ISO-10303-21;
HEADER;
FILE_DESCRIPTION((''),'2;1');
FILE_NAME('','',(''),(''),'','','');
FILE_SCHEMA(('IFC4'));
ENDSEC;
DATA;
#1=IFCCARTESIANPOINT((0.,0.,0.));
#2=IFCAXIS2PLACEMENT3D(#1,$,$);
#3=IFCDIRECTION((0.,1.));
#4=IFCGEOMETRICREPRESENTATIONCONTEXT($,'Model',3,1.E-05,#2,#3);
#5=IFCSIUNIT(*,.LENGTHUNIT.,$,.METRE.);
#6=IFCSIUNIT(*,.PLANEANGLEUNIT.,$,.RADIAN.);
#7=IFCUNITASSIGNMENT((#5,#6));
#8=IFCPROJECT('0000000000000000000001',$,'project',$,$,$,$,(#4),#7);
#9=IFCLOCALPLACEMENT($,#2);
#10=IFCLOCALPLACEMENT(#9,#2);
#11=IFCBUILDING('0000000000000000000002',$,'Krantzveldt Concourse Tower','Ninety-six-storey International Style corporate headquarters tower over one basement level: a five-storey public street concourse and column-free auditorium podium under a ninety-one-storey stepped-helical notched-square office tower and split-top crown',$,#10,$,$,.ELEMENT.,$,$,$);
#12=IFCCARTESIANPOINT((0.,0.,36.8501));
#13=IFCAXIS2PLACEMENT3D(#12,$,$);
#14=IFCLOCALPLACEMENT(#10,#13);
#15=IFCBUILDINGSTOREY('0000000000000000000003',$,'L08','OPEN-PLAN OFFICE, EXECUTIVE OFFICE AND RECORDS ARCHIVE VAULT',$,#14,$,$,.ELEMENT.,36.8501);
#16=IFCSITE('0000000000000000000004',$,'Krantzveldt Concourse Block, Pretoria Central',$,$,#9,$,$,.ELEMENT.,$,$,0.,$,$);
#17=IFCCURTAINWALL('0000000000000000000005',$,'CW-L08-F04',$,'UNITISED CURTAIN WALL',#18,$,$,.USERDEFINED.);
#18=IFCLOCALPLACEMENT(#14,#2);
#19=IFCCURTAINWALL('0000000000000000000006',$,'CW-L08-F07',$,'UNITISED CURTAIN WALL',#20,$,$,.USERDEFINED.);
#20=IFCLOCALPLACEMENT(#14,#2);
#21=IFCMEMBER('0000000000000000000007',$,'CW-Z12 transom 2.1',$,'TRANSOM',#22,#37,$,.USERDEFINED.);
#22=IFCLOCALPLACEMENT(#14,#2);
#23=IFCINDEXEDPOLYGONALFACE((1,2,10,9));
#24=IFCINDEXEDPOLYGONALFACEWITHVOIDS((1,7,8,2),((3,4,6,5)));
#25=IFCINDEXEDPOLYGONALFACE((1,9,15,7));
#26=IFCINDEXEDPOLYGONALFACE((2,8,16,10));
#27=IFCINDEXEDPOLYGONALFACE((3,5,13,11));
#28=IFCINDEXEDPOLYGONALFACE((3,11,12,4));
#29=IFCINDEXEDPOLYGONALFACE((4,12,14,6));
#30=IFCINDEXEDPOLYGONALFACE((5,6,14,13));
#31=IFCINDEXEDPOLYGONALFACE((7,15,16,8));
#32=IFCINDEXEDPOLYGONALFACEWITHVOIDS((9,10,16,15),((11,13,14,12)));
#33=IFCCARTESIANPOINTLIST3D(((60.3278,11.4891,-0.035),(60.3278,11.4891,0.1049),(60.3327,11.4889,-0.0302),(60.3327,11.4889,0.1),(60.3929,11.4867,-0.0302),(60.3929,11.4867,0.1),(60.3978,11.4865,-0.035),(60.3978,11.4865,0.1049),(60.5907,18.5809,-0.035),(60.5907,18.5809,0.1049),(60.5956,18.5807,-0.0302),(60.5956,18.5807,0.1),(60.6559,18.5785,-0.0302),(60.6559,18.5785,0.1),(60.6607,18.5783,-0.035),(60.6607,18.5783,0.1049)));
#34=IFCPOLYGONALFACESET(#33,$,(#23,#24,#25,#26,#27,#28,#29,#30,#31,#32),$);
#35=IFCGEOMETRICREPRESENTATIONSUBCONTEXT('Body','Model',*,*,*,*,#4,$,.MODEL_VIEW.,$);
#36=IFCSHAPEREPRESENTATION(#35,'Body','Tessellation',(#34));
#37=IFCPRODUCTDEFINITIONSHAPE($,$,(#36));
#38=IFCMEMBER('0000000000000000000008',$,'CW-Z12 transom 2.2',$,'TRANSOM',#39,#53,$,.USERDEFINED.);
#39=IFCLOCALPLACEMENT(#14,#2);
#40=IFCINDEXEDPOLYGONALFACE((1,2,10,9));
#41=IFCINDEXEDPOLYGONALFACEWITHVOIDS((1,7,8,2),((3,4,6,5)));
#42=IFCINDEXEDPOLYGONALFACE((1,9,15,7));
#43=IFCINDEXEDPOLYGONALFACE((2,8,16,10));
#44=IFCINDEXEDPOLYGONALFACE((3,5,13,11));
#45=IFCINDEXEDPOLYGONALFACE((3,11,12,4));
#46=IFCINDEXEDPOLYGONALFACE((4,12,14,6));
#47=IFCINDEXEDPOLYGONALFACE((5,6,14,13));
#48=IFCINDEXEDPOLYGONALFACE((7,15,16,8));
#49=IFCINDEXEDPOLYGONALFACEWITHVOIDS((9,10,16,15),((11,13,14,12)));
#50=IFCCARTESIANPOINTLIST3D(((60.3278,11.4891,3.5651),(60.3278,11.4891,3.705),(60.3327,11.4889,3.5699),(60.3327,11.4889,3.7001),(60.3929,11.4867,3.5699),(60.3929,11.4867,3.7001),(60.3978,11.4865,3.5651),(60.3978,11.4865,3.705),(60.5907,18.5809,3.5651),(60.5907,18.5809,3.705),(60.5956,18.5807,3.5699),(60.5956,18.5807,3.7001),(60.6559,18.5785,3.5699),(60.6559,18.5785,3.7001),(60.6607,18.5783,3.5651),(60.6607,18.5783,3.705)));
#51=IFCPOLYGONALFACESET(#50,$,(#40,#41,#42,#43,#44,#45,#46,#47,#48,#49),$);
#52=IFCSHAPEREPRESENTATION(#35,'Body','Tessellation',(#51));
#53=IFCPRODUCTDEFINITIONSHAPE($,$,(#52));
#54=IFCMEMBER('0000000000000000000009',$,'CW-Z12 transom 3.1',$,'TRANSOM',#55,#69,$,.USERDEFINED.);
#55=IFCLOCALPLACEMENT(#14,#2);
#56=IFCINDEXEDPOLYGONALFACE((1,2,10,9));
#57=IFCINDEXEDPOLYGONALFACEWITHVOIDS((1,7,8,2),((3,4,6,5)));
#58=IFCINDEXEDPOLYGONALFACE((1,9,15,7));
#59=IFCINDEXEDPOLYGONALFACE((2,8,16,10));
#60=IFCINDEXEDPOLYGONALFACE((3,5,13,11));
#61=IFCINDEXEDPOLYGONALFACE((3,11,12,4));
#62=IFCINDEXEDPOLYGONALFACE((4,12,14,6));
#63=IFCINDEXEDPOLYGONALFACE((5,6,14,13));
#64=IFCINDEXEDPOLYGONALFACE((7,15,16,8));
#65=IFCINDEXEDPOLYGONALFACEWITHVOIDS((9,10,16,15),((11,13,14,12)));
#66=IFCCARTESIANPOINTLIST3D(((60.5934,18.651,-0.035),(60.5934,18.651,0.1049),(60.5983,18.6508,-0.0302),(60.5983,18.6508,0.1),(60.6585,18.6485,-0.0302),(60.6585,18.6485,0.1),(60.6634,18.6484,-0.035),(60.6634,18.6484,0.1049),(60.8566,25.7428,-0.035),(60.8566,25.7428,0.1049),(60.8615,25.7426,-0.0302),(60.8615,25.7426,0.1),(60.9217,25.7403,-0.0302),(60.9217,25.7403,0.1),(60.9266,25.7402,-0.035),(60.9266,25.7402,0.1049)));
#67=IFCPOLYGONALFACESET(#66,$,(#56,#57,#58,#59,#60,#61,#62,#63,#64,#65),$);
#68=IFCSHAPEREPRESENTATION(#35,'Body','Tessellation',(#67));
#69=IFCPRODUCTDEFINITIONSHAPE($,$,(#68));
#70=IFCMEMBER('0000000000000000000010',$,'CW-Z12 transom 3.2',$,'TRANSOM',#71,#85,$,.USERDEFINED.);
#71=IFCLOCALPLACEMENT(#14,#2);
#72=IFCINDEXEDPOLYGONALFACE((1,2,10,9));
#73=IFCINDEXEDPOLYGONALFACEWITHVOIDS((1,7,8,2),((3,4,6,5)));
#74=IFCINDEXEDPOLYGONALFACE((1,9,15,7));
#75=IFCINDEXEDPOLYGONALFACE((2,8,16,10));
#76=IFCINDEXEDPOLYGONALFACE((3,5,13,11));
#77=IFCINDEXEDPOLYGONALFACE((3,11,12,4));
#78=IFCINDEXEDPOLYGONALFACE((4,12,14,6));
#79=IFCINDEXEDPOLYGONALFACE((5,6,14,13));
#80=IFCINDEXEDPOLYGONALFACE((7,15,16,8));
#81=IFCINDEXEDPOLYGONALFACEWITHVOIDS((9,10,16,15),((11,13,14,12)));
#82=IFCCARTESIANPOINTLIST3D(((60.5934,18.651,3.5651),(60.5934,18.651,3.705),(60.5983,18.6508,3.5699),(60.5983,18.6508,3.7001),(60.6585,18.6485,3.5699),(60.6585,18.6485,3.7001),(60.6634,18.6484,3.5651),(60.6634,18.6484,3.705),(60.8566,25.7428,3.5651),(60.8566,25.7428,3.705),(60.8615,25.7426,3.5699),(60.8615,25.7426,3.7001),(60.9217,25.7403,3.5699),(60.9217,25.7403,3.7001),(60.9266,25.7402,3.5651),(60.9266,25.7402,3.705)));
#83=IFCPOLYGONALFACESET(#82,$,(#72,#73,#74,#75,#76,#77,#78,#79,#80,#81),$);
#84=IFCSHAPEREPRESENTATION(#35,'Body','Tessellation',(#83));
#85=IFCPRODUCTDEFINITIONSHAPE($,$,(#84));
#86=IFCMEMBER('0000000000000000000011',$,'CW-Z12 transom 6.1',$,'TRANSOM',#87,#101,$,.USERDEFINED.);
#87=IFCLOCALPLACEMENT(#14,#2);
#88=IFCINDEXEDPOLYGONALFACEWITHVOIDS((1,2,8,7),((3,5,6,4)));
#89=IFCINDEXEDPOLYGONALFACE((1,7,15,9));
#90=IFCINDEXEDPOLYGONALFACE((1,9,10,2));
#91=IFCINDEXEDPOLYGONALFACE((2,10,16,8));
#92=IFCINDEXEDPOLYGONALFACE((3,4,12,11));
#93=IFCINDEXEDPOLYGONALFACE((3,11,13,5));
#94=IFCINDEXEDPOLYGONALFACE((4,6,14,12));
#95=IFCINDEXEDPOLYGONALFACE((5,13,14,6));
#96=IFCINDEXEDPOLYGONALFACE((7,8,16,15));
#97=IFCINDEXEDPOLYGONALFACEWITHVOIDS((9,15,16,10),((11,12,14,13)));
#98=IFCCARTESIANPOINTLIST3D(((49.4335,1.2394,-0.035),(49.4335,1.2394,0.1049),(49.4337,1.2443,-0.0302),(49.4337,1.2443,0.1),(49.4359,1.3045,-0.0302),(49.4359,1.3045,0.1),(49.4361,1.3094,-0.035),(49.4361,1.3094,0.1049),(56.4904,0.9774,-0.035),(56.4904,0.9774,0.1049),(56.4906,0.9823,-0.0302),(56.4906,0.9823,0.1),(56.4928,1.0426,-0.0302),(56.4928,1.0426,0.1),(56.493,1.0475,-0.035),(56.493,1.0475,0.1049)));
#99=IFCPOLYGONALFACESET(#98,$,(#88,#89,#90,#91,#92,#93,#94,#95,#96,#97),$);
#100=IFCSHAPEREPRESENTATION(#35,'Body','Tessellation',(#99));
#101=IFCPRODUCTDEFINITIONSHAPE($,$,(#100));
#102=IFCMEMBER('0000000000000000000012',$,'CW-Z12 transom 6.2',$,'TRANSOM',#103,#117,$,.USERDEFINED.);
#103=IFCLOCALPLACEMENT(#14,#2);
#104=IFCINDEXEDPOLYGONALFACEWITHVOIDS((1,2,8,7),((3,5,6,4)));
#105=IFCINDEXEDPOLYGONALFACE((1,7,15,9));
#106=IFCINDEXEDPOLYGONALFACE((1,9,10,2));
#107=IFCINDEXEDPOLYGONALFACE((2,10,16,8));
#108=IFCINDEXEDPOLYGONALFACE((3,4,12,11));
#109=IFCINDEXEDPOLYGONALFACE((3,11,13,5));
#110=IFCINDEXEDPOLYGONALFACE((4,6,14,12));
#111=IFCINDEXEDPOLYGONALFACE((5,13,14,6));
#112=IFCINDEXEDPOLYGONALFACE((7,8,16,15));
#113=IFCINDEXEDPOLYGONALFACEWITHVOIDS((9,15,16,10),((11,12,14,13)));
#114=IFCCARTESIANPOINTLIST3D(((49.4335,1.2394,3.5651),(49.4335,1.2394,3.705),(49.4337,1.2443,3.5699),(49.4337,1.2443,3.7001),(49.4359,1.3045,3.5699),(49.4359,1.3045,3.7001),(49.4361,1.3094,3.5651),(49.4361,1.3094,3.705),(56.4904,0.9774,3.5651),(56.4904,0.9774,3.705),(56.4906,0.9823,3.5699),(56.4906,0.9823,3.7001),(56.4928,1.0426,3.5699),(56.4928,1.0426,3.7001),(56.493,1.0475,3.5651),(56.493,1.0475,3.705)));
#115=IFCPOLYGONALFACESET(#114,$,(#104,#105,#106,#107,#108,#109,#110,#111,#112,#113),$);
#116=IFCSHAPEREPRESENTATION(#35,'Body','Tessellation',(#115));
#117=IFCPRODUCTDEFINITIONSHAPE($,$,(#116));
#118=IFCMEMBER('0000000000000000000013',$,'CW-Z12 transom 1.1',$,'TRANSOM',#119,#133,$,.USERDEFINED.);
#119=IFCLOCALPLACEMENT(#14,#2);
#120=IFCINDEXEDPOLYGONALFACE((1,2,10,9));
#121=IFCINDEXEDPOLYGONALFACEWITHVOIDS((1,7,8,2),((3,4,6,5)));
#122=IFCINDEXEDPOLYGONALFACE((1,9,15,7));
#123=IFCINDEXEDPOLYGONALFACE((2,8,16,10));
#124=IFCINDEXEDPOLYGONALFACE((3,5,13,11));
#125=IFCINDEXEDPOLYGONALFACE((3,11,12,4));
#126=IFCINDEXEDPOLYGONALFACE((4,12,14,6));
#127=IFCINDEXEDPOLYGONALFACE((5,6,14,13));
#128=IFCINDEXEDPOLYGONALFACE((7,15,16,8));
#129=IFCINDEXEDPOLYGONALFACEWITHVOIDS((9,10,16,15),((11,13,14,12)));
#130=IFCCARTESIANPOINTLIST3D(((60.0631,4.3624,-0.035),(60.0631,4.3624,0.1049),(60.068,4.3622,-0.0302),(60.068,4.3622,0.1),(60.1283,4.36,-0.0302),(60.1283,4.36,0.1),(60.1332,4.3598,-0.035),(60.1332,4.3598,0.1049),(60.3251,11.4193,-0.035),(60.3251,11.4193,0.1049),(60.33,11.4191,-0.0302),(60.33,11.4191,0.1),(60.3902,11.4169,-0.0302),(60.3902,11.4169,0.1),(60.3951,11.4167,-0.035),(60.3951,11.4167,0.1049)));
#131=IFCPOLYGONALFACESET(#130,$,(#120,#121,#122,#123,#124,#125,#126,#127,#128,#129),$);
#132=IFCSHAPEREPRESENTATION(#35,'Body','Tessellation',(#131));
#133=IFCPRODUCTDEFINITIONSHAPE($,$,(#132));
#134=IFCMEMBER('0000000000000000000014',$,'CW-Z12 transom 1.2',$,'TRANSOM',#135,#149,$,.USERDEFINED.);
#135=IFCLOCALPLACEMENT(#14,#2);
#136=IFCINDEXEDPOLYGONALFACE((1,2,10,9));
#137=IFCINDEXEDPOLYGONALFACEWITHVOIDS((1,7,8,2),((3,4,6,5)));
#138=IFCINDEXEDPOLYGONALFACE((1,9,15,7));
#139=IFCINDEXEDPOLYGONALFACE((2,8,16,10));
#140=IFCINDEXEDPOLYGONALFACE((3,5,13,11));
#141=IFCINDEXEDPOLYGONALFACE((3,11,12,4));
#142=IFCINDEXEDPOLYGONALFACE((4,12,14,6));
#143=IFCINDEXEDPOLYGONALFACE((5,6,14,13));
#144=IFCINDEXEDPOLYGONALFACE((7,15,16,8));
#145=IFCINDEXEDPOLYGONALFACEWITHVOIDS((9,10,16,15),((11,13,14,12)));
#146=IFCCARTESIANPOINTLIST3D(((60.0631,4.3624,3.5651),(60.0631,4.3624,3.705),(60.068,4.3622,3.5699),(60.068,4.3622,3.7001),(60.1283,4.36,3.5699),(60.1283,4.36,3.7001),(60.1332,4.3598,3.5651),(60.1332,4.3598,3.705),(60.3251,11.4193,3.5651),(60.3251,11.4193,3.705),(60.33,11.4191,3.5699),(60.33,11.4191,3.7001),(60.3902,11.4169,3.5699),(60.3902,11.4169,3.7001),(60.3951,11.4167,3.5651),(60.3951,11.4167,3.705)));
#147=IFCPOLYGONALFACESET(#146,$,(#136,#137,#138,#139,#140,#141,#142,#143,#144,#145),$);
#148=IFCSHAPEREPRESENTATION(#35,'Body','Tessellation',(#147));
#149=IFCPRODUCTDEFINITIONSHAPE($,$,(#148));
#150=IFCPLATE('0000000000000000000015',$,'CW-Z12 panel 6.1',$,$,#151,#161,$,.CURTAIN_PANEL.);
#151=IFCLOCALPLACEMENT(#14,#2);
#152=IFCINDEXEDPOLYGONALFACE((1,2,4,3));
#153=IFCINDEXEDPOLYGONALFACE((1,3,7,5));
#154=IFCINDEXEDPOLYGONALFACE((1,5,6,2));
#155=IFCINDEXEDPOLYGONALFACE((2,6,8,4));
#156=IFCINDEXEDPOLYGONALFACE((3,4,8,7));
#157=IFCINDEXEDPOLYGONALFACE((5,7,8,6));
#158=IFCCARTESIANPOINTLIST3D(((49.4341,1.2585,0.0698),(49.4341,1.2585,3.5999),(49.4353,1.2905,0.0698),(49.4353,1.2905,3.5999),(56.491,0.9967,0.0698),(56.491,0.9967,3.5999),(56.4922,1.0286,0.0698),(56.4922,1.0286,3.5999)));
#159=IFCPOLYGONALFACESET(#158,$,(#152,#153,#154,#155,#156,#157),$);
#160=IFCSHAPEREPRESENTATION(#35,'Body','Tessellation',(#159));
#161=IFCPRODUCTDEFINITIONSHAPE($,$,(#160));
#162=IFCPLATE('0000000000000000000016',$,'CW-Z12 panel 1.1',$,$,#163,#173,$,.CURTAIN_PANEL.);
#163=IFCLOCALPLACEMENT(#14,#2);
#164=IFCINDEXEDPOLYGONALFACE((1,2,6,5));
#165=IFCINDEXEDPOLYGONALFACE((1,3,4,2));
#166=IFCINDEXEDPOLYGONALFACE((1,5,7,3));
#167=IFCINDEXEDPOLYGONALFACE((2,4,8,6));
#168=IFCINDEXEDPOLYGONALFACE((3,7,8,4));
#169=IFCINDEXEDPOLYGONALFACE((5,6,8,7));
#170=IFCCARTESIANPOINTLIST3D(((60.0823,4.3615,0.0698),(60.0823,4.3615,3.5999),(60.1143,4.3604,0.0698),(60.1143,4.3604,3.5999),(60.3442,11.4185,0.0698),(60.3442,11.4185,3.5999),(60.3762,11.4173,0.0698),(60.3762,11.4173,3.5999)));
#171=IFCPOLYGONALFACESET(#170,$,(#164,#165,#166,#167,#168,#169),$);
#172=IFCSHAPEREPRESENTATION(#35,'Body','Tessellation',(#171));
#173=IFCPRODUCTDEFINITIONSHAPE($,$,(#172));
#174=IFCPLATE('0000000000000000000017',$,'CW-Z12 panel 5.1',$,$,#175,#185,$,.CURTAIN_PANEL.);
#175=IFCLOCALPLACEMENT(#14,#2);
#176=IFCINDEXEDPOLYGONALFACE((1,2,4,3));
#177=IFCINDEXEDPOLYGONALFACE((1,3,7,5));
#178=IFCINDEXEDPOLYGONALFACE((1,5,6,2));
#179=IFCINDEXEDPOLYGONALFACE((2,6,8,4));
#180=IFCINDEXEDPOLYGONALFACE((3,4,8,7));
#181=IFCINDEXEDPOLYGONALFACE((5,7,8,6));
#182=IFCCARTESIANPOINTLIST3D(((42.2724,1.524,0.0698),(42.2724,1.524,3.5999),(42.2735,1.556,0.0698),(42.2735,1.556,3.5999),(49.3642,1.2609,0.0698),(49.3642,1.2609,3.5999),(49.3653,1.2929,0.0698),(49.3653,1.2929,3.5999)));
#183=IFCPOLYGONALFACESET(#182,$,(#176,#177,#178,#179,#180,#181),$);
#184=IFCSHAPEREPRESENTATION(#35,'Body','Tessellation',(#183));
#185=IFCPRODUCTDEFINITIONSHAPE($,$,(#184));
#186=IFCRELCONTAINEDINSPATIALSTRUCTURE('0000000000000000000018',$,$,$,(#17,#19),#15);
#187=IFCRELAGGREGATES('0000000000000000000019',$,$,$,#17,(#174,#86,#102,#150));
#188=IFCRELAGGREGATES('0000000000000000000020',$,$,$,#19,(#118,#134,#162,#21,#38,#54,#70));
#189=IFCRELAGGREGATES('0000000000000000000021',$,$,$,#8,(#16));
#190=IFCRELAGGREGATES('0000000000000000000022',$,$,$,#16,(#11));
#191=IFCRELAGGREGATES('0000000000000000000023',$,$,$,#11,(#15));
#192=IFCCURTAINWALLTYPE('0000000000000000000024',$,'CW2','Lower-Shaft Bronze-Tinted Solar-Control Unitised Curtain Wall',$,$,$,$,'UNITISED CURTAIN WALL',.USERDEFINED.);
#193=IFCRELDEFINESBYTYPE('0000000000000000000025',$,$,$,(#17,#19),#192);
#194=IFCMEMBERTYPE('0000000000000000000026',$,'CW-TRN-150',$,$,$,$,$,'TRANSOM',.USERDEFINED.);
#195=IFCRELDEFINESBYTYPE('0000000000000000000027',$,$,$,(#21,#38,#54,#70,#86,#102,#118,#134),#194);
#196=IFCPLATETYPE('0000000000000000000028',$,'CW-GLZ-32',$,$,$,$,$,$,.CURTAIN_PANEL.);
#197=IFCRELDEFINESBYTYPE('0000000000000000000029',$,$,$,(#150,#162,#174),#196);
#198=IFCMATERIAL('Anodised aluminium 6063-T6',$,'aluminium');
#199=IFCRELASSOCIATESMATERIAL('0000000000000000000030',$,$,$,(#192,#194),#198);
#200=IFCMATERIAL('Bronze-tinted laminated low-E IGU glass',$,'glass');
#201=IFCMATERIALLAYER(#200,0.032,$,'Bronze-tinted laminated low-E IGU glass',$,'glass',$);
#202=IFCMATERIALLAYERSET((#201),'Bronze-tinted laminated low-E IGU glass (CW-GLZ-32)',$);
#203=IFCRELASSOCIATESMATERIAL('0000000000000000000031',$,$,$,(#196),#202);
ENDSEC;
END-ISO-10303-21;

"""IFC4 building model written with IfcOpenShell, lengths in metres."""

from ifc_helpers import new_model, si_unit, direction, frame, origin, origin_2d, place, context, subcontext, project, spatial, rectangle, hollow_rectangle, extrude, source, transform, mapped, material, layer, layer_set, material_profile, profile_set, type_object, type_shapes, element, aggregate, save


model = new_model("IFC4")

# Units and contexts
model_context = context("Model", 3, precision=1e-05, world=origin(), true_north=direction((0.0, 1.0)))
body_context = subcontext(model_context, "Body", "Model", "MODEL_VIEW")
ifc_project = project(units=[si_unit("LENGTHUNIT", "METRE"), si_unit("PLANEANGLEUNIT", "RADIAN")], contexts=[model_context])

# Site, building, storey
site_placement = place(None, origin())
site = spatial("IfcSite", under=ifc_project, at=site_placement, Name="Krantzveldt Concourse Block, Pretoria Central", CompositionType="ELEMENT", RefElevation=0.0)
building_placement = place(site_placement, origin())
building = spatial("IfcBuilding", under=site, at=building_placement, Name="Krantzveldt Concourse Tower", Description="Ninety-six-storey International Style corporate headquarters tower over one basement level: a five-storey public street concourse and column-free auditorium podium under a ninety-one-storey stepped-helical notched-square office tower and split-top crown", CompositionType="ELEMENT")
storey_placement = place(building_placement, frame((0.0, 0.0, 36.8501)))
storey = spatial("IfcBuildingStorey", under=building, at=storey_placement, Name="L08", Description="OPEN-PLAN OFFICE, EXECUTIVE OFFICE AND RECORDS ARCHIVE VAULT", CompositionType="ELEMENT", Elevation=36.8501)

# Curtain walls, members
ifc_material_1 = material(Name="Anodised aluminium 6063-T6", Category="aluminium")
curtain_wall_type = type_object("IfcCurtainWallType", Name="CW2", Description="Lower-Shaft Bronze-Tinted Solar-Control Unitised Curtain Wall", ElementType="UNITISED CURTAIN WALL", PredefinedType="USERDEFINED", material=ifc_material_1)
curtain_wall_1_placement = place(storey_placement, origin())
curtain_wall_1 = element("IfcCurtainWall", 1, at=curtain_wall_1_placement, inside=storey, type_object=curtain_wall_type, Name="CW-L08-F04", ObjectType="UNITISED CURTAIN WALL", PredefinedType="USERDEFINED")
curtain_wall_2_placement = place(storey_placement, origin())
curtain_wall_2 = element("IfcCurtainWall", 2, at=curtain_wall_2_placement, inside=storey, type_object=curtain_wall_type, Name="CW-L08-F07", ObjectType="UNITISED CURTAIN WALL", PredefinedType="USERDEFINED")
ifc_material_profile_1 = material_profile(ifc_material_1, hollow_rectangle(XDim=0.0701, YDim=0.1399, WallThickness=0.0049, at=origin_2d()), Name="Anodised aluminium 6063-T6", Category="aluminium")
ifc_profile_set_1 = profile_set([ifc_material_profile_1], Name="Anodised aluminium 6063-T6 - ALU-TRAN 140x70x5")
member_type_1 = type_object("IfcMemberType", Name="CW-TRN-150", ElementType="TRANSOM", PredefinedType="USERDEFINED", material=ifc_profile_set_1)
shared_shape_1 = source(origin(), body_context, "Body", "SweptSolid", [
    extrude(hollow_rectangle(XDim=0.0701, YDim=0.1399, WallThickness=0.0049, at=origin_2d()), origin(), (0.0, 0.0, 1.0), 7.0967),
])
member_1_placement = place(storey_placement, frame((60.3628, 11.4878, 0.0349), z_axis=(0.037051, 0.999313, 0.0), x_axis=(-0.999313, 0.037051, 0.0)))
member_1 = element("IfcMember", 3, at=member_1_placement, type_object=member_type_1, Name="CW-Z12 transom 2.1", ObjectType="TRANSOM", PredefinedType="USERDEFINED", context=body_context, shape_type="MappedRepresentation", body=[
    mapped(shared_shape_1, transform((0.0, 0.0, 0.0), x_axis=(1.0, 0.0, 0.0), y_axis=(0.0, 1.0, 0.0), z_axis=(0.0, 0.0, 1.0), scale=1.0)),
])
member_2_placement = place(storey_placement, frame((60.3628, 11.4878, 3.635), z_axis=(0.037051, 0.999313, 0.0), x_axis=(-0.999313, 0.037051, 0.0)))
member_2 = element("IfcMember", 4, at=member_2_placement, type_object=member_type_1, Name="CW-Z12 transom 2.2", ObjectType="TRANSOM", PredefinedType="USERDEFINED", context=body_context, shape_type="MappedRepresentation", body=[
    mapped(shared_shape_1, transform((0.0, 0.0, 0.0), x_axis=(1.0, 0.0, 0.0), y_axis=(0.0, 1.0, 0.0), z_axis=(0.0, 0.0, 1.0), scale=1.0)),
])
member_3_placement = place(storey_placement, frame((60.6284, 18.6497, 0.0349), z_axis=(0.037085, 0.999312, 0.0), x_axis=(-0.999312, 0.037085, 0.0)))
member_3 = element("IfcMember", 5, at=member_3_placement, type_object=member_type_1, Name="CW-Z12 transom 3.1", ObjectType="TRANSOM", PredefinedType="USERDEFINED", context=body_context, shape_type="MappedRepresentation", body=[
    mapped(shared_shape_1, transform((0.0, 0.0, 0.0), x_axis=(1.0, 0.0, 0.0), y_axis=(0.0, 1.0, 0.0), z_axis=(0.0, 0.0, 1.0), scale=1.0)),
])
member_4_placement = place(storey_placement, frame((60.6284, 18.6497, 3.635), z_axis=(0.037085, 0.999312, 0.0), x_axis=(-0.999312, 0.037085, 0.0)))
member_4 = element("IfcMember", 6, at=member_4_placement, type_object=member_type_1, Name="CW-Z12 transom 3.2", ObjectType="TRANSOM", PredefinedType="USERDEFINED", context=body_context, shape_type="MappedRepresentation", body=[
    mapped(shared_shape_1, transform((0.0, 0.0, 0.0), x_axis=(1.0, 0.0, 0.0), y_axis=(0.0, 1.0, 0.0), z_axis=(0.0, 0.0, 1.0), scale=1.0)),
])

# Members
shared_shape_2 = source(origin(), body_context, "Body", "SweptSolid", [
    extrude(hollow_rectangle(XDim=0.0701, YDim=0.1399, WallThickness=0.0049, at=origin_2d()), origin(), (0.0, 0.0, 1.0), 7.0618),
])
type_shapes(member_type_1, [shared_shape_1, shared_shape_2])
member_5_placement = place(storey_placement, frame((49.4348, 1.2744, 0.0349), z_axis=(0.999312, -0.037096, 0.0), x_axis=(0.037096, 0.999312, 0.0)))
member_5 = element("IfcMember", 7, at=member_5_placement, type_object=member_type_1, Name="CW-Z12 transom 6.1", ObjectType="TRANSOM", PredefinedType="USERDEFINED", context=body_context, shape_type="MappedRepresentation", body=[
    mapped(shared_shape_2, transform((0.0, 0.0, 0.0), x_axis=(1.0, 0.0, 0.0), y_axis=(0.0, 1.0, 0.0), z_axis=(0.0, 0.0, 1.0), scale=1.0)),
])
member_6_placement = place(storey_placement, frame((49.4348, 1.2744, 3.635), z_axis=(0.999312, -0.037096, 0.0), x_axis=(0.037096, 0.999312, 0.0)))
member_6 = element("IfcMember", 8, at=member_6_placement, type_object=member_type_1, Name="CW-Z12 transom 6.2", ObjectType="TRANSOM", PredefinedType="USERDEFINED", context=body_context, shape_type="MappedRepresentation", body=[
    mapped(shared_shape_2, transform((0.0, 0.0, 0.0), x_axis=(1.0, 0.0, 0.0), y_axis=(0.0, 1.0, 0.0), z_axis=(0.0, 0.0, 1.0), scale=1.0)),
])
member_7_placement = place(storey_placement, frame((60.0981, 4.3611, 0.0349), z_axis=(0.037096, 0.999312, 0.0), x_axis=(-0.999312, 0.037096, 0.0)))
member_7 = element("IfcMember", 9, at=member_7_placement, type_object=member_type_1, Name="CW-Z12 transom 1.1", ObjectType="TRANSOM", PredefinedType="USERDEFINED", context=body_context, shape_type="MappedRepresentation", body=[
    mapped(shared_shape_2, transform((0.0, 0.0, 0.0), x_axis=(1.0, 0.0, 0.0), y_axis=(0.0, 1.0, 0.0), z_axis=(0.0, 0.0, 1.0), scale=1.0)),
])
member_8_placement = place(storey_placement, frame((60.0981, 4.3611, 3.635), z_axis=(0.037096, 0.999312, 0.0), x_axis=(-0.999312, 0.037096, 0.0)))
member_8 = element("IfcMember", 10, at=member_8_placement, type_object=member_type_1, Name="CW-Z12 transom 1.2", ObjectType="TRANSOM", PredefinedType="USERDEFINED", context=body_context, shape_type="MappedRepresentation", body=[
    mapped(shared_shape_2, transform((0.0, 0.0, 0.0), x_axis=(1.0, 0.0, 0.0), y_axis=(0.0, 1.0, 0.0), z_axis=(0.0, 0.0, 1.0), scale=1.0)),
])

# Plates
ifc_material_2 = material(Name="Bronze-tinted laminated low-E IGU glass", Category="glass")
ifc_layer_1 = layer(ifc_material_2, 0.032, Name="Bronze-tinted laminated low-E IGU glass", Category="glass")
ifc_layer_set_1 = layer_set([ifc_layer_1], Name="Bronze-tinted laminated low-E IGU glass (CW-GLZ-32)")
plate_type = type_object("IfcPlateType", Name="CW-GLZ-32", PredefinedType="CURTAIN_PANEL", material=ifc_layer_set_1)
shared_shape_3 = source(origin(), body_context, "Body", "SweptSolid", [
    extrude(rectangle(XDim=7.0618, YDim=0.032, at=origin_2d()), origin(), (0.0, 0.0, 1.0), 3.53),
])
plate_1_placement = place(storey_placement, frame((52.9631, 1.1436, 0.0698), z_axis=(0.0, 0.0, 1.0), x_axis=(0.999312, -0.03708, 0.0)))
plate_1 = element("IfcPlate", 11, at=plate_1_placement, type_object=plate_type, Name="CW-Z12 panel 6.1", PredefinedType="CURTAIN_PANEL", context=body_context, shape_type="MappedRepresentation", body=[
    mapped(shared_shape_3, transform((0.0, 0.0, 0.0), x_axis=(1.0, 0.0, 0.0), y_axis=(0.0, 1.0, 0.0), z_axis=(0.0, 0.0, 1.0), scale=1.0)),
])
plate_2_placement = place(storey_placement, frame((60.2292, 7.8894, 0.0698), z_axis=(0.0, 0.0, 1.0), x_axis=(0.03708, 0.999312, 0.0)))
plate_2 = element("IfcPlate", 12, at=plate_2_placement, type_object=plate_type, Name="CW-Z12 panel 1.1", PredefinedType="CURTAIN_PANEL", context=body_context, shape_type="MappedRepresentation", body=[
    mapped(shared_shape_3, transform((0.0, 0.0, 0.0), x_axis=(1.0, 0.0, 0.0), y_axis=(0.0, 1.0, 0.0), z_axis=(0.0, 0.0, 1.0), scale=1.0)),
])
shared_shape_4 = source(origin(), body_context, "Body", "SweptSolid", [
    extrude(rectangle(XDim=7.0967, YDim=0.032, at=origin_2d()), origin(), (0.0, 0.0, 1.0), 3.53),
])
type_shapes(plate_type, [shared_shape_3, shared_shape_4])
plate_3_placement = place(storey_placement, frame((45.8188, 1.4084, 0.0698), z_axis=(0.0, 0.0, 1.0), x_axis=(0.999312, -0.03708, 0.0)))
plate_3 = element("IfcPlate", 13, at=plate_3_placement, type_object=plate_type, Name="CW-Z12 panel 5.1", PredefinedType="CURTAIN_PANEL", context=body_context, shape_type="MappedRepresentation", body=[
    mapped(shared_shape_4, transform((0.0, 0.0, 0.0), x_axis=(1.0, 0.0, 0.0), y_axis=(0.0, 1.0, 0.0), z_axis=(0.0, 0.0, 1.0), scale=1.0)),
])
aggregate(curtain_wall_1, [plate_3, member_5, member_6, plate_1])
aggregate(curtain_wall_2, [member_7, member_8, plate_2, member_1, member_2, member_3, member_4])

save(model, "model.ifc")
